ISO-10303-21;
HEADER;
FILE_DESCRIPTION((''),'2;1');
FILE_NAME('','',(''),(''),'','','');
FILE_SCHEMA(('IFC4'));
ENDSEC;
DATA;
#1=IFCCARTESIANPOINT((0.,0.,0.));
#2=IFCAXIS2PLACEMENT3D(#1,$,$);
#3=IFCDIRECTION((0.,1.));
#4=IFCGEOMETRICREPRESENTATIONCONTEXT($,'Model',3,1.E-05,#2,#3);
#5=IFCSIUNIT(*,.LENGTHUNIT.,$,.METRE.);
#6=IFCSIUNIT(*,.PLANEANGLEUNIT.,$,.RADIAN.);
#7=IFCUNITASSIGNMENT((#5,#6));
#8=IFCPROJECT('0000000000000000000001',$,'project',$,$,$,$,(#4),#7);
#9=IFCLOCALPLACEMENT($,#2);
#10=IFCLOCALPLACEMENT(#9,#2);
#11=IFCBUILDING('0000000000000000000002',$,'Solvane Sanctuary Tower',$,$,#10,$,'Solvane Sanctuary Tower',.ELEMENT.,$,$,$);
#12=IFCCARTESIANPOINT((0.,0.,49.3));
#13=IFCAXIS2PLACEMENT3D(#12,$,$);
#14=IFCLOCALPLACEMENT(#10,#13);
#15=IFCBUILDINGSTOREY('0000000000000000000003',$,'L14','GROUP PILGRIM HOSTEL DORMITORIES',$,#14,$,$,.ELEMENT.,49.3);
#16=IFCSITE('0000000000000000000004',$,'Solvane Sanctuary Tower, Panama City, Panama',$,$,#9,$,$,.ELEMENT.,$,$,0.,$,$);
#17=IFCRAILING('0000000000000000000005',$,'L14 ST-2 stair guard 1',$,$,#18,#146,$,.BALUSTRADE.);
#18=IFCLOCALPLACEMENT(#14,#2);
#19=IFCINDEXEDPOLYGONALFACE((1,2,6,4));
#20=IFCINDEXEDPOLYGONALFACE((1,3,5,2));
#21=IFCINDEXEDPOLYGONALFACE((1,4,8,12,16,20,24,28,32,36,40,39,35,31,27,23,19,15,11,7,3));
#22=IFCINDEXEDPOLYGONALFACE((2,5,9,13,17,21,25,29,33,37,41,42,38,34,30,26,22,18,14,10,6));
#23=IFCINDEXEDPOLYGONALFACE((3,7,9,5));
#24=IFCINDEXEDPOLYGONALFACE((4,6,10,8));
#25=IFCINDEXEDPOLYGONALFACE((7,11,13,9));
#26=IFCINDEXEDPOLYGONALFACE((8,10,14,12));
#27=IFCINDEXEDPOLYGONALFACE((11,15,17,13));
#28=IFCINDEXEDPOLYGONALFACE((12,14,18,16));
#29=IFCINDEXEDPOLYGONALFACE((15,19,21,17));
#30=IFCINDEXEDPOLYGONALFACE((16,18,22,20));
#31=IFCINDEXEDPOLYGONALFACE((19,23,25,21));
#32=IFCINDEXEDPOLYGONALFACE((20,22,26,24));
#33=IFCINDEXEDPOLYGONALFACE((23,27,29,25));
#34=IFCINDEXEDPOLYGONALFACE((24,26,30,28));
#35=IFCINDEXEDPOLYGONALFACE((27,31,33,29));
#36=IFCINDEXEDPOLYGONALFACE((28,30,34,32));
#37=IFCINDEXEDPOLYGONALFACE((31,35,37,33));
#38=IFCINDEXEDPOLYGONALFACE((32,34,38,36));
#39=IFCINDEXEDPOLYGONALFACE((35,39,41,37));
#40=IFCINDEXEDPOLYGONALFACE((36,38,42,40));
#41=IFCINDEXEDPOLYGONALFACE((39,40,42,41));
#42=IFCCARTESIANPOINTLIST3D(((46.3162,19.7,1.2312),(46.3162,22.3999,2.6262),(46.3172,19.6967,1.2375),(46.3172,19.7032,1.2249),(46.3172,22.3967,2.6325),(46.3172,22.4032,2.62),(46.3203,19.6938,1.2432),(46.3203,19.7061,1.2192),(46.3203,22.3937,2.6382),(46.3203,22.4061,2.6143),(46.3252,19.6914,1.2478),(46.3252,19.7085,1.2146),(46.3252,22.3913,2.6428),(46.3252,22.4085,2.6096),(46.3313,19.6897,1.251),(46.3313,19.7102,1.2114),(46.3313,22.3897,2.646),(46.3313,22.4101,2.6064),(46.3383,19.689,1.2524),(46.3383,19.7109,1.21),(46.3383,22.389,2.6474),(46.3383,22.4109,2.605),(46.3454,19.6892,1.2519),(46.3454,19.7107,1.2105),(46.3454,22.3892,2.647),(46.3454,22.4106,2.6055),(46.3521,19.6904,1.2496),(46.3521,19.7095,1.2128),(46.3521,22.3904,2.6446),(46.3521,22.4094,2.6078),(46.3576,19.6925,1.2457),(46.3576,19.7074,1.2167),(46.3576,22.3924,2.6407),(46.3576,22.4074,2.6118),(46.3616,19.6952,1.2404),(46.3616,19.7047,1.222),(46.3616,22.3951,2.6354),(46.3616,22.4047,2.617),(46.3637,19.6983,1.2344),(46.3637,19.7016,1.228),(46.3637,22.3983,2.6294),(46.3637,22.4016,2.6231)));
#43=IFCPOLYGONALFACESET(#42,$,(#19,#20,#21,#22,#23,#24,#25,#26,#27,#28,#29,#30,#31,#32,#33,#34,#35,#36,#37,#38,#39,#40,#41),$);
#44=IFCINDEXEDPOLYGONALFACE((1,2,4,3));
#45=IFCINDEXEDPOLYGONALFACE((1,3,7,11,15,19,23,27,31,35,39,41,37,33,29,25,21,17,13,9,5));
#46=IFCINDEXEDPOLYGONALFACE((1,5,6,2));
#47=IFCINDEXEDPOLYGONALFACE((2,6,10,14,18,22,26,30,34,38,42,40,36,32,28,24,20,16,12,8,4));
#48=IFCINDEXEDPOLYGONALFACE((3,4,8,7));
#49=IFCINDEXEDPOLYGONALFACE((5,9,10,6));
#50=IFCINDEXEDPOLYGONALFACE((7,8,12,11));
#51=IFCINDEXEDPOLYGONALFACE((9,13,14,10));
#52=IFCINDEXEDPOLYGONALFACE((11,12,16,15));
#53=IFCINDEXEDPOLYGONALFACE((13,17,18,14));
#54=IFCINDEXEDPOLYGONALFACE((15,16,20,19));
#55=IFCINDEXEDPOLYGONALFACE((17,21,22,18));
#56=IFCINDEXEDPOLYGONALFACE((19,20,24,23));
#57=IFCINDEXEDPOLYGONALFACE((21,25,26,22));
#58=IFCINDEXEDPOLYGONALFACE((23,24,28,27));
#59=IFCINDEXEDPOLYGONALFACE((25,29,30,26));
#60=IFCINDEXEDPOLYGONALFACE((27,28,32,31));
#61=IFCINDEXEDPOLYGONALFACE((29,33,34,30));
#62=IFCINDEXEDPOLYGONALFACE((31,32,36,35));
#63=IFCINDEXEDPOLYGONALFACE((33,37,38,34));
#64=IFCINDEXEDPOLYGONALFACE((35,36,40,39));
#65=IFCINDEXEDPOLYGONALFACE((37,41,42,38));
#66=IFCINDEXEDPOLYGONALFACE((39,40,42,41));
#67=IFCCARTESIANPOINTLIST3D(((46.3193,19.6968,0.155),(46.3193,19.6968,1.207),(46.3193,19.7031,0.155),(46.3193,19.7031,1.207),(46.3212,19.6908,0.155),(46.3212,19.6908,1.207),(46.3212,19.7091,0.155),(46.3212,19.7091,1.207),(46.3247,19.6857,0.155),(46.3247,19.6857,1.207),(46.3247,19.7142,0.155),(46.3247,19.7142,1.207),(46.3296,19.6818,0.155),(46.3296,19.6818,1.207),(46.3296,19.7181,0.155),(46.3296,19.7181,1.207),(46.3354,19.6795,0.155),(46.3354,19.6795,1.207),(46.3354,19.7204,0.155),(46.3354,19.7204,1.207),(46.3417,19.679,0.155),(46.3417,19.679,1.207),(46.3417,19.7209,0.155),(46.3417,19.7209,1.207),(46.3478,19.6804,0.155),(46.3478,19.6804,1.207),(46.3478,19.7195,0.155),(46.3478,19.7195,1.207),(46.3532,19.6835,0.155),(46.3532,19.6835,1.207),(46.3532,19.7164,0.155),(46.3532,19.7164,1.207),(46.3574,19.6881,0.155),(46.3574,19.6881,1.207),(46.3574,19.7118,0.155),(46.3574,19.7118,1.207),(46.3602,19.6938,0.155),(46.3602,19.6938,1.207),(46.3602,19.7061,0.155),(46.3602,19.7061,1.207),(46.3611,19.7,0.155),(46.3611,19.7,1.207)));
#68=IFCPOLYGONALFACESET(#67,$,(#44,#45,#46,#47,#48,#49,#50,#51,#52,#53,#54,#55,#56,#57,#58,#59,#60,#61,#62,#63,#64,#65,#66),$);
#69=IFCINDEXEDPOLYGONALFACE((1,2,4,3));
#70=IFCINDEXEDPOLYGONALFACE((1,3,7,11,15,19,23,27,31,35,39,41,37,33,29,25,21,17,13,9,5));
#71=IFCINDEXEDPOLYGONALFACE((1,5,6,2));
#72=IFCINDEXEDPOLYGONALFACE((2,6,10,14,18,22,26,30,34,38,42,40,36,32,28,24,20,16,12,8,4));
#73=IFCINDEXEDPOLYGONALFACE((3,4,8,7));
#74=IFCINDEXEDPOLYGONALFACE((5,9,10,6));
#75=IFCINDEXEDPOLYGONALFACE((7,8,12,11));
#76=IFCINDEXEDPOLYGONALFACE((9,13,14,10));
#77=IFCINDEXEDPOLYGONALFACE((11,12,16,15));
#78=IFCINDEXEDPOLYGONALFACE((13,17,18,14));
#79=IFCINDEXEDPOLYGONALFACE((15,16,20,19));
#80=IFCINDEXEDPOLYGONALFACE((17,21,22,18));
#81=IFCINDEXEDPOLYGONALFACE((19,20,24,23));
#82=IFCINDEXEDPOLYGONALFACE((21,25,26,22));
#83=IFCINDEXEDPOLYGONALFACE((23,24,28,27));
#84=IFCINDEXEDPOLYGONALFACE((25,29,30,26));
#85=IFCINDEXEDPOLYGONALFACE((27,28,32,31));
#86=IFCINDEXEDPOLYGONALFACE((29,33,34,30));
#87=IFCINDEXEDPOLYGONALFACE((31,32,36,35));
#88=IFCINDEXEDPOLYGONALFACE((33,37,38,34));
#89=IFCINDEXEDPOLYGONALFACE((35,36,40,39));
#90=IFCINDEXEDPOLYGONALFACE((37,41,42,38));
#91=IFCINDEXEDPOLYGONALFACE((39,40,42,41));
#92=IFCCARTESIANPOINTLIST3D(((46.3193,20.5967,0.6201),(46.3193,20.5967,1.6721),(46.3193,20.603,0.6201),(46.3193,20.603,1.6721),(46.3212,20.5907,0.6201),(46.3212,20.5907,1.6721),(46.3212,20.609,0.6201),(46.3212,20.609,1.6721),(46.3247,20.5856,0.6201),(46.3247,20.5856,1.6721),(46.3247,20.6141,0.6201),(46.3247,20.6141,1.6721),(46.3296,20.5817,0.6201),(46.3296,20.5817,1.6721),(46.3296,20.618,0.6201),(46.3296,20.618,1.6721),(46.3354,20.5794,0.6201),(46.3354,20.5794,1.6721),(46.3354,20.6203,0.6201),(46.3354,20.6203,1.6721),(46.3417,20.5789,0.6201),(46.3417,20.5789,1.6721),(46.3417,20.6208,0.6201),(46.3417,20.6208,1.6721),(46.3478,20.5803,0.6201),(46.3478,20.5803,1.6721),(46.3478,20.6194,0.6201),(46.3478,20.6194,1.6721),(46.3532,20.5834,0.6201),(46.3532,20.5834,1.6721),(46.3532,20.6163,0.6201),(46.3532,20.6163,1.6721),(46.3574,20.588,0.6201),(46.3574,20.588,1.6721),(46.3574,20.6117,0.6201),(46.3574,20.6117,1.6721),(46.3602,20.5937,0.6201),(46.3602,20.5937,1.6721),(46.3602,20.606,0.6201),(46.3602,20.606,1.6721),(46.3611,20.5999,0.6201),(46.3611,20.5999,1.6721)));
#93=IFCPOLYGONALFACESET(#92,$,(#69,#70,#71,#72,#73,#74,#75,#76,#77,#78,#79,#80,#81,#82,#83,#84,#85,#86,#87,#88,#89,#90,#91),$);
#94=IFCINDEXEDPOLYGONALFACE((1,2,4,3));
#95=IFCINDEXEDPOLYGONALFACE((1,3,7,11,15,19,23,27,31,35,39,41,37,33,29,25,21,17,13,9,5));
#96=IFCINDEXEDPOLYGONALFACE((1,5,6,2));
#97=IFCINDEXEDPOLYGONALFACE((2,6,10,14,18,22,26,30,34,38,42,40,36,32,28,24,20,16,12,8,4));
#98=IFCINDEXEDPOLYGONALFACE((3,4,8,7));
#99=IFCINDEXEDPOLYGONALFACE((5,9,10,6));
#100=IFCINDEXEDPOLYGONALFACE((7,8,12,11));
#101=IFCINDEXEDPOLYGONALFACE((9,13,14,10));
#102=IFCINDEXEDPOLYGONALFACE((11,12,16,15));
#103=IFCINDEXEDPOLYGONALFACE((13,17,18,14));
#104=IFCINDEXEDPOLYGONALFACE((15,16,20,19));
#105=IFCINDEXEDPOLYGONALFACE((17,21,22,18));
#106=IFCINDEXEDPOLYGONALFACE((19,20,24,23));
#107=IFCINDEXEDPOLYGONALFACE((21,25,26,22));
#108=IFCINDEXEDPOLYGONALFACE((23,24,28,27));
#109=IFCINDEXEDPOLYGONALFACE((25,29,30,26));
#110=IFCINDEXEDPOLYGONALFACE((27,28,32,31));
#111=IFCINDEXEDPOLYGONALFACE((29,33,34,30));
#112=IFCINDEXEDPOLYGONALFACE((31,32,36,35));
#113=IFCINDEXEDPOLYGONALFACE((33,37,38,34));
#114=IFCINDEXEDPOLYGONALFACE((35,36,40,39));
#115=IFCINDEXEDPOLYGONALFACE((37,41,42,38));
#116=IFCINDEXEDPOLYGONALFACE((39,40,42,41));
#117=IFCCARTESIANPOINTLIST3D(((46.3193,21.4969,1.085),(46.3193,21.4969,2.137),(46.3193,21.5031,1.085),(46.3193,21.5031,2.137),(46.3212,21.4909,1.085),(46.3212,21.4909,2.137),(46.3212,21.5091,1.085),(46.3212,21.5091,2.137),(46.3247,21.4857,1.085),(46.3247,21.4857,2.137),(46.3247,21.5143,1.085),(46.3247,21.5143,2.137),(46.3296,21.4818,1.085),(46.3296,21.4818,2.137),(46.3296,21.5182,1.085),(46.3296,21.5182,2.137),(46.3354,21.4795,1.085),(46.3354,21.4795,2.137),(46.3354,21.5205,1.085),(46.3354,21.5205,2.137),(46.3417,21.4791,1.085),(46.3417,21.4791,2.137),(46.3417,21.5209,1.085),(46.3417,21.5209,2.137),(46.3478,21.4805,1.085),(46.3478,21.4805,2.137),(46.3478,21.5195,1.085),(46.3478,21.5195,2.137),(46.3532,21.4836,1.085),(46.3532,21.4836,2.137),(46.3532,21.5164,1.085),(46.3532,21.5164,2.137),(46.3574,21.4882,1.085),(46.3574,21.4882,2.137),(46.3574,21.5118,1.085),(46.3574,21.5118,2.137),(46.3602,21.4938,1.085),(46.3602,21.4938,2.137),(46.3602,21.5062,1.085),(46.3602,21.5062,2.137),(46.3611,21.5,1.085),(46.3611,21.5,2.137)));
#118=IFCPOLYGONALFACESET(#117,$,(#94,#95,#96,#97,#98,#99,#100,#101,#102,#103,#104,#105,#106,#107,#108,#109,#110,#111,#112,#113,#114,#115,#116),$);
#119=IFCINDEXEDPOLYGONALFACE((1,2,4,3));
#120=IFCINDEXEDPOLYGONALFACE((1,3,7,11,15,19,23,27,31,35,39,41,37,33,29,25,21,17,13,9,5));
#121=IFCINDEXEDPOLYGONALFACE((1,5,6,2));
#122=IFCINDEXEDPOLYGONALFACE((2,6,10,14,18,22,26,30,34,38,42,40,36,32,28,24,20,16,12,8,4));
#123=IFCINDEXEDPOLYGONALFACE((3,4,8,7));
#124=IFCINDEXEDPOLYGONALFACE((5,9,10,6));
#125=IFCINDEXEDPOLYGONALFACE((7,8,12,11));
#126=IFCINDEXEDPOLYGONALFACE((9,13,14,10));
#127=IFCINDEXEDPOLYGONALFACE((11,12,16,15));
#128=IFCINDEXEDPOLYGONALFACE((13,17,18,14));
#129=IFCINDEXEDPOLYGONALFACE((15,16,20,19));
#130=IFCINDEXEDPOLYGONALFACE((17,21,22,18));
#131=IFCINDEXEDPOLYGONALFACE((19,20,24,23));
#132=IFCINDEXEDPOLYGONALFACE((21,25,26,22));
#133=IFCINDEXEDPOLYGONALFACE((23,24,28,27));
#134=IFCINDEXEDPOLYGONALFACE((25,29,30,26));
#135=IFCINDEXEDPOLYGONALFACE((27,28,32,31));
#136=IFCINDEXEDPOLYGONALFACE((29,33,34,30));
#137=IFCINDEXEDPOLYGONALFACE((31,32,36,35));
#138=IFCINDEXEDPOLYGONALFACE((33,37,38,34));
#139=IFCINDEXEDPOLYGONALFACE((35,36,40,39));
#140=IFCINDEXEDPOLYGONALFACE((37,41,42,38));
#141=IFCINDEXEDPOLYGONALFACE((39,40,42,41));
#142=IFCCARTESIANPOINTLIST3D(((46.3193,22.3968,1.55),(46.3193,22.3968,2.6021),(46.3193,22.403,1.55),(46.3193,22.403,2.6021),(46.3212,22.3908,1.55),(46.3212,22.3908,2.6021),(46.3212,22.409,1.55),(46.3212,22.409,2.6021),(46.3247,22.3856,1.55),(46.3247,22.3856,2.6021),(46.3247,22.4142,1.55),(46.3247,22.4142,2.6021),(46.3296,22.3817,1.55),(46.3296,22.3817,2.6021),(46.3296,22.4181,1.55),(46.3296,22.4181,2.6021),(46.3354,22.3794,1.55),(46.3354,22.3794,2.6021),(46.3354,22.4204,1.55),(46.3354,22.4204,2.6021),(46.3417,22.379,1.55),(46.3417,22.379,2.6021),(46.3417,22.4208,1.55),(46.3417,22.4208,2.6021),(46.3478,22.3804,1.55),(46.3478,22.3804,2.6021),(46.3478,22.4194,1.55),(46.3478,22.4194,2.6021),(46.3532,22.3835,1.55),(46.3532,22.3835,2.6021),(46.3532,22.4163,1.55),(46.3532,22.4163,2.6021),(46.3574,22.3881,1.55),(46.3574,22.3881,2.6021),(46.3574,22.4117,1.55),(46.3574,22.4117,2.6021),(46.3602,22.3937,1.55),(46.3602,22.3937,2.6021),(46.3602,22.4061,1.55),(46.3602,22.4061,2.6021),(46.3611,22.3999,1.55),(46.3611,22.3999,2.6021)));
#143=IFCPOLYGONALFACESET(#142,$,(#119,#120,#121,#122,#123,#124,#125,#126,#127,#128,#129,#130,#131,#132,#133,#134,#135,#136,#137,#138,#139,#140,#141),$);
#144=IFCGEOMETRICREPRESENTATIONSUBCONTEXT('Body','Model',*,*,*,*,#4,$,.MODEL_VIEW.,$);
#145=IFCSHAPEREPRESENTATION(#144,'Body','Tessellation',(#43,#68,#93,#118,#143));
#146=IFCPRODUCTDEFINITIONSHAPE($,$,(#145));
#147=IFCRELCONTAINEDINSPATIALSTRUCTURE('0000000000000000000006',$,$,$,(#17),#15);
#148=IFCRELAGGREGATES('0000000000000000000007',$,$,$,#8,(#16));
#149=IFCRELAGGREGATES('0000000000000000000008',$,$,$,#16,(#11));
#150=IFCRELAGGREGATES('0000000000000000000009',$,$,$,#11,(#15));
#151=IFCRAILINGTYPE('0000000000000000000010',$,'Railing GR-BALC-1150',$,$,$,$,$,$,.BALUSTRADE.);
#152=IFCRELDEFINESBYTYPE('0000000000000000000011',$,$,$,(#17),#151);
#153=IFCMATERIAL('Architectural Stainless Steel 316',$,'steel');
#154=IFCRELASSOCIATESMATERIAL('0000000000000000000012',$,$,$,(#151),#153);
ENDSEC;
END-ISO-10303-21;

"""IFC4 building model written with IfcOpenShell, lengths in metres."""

from ifc_helpers import new_model, si_unit, direction, frame, origin, origin_2d, place, context, subcontext, project, spatial, circle, extrude, material, type_object, element, save


model = new_model("IFC4")

# Units and contexts
model_context = context("Model", 3, precision=1e-05, world=origin(), true_north=direction((0.0, 1.0)))
body_context = subcontext(model_context, "Body", "Model", "MODEL_VIEW")
ifc_project = project(units=[si_unit("LENGTHUNIT", "METRE"), si_unit("PLANEANGLEUNIT", "RADIAN")], contexts=[model_context])

# Site, building, storey
site_placement = place(None, origin())
site = spatial("IfcSite", under=ifc_project, at=site_placement, Name="Solvane Sanctuary Tower, Panama City, Panama", CompositionType="ELEMENT", RefElevation=0.0)
building_placement = place(site_placement, origin())
building = spatial("IfcBuilding", under=site, at=building_placement, Name="Solvane Sanctuary Tower", LongName="Solvane Sanctuary Tower", CompositionType="ELEMENT")
storey_placement = place(building_placement, frame((0.0, 0.0, 49.3)))
storey = spatial("IfcBuildingStorey", under=building, at=storey_placement, Name="L14", Description="GROUP PILGRIM HOSTEL DORMITORIES", CompositionType="ELEMENT", Elevation=49.3)

# Shared definitions
ifc_material_1 = material(Name="Architectural Stainless Steel 316", Category="steel")

# Railing
railing_type_1 = type_object("IfcRailingType", Name="Railing GR-BALC-1150", PredefinedType="BALUSTRADE", material=ifc_material_1)
railing_1_placement = place(storey_placement, frame((46.3401, 19.7, 0.155)))
element("IfcRailing", 1, at=railing_1_placement, inside=storey, type_object=railing_type_1, Name="L14 ST-2 stair guard 1", PredefinedType="BALUSTRADE", context=body_context, shape_type="SweptSolid", body=[
    extrude(circle(Radius=0.0239, at=origin_2d()), frame((0.0, 0.0, 1.0762), z_axis=(0.0, 0.88842, 0.459032), x_axis=(-1.0, 0.0, 0.0)), (0.0, 0.0, 1.0), 3.0391),
    extrude(circle(Radius=0.021, at=origin_2d()), origin(), (0.0, 0.0, 1.0), 1.052),
    extrude(circle(Radius=0.021, at=origin_2d()), frame((0.0, 0.8999, 0.4651)), (0.0, 0.0, 1.0), 1.052),
    extrude(circle(Radius=0.021, at=origin_2d()), frame((0.0, 1.8, 0.9299)), (0.0, 0.0, 1.0), 1.052),
    extrude(circle(Radius=0.021, at=origin_2d()), frame((0.0, 2.7, 1.395)), (0.0, 0.0, 1.0), 1.052),
])

save(model, "model.ifc")
